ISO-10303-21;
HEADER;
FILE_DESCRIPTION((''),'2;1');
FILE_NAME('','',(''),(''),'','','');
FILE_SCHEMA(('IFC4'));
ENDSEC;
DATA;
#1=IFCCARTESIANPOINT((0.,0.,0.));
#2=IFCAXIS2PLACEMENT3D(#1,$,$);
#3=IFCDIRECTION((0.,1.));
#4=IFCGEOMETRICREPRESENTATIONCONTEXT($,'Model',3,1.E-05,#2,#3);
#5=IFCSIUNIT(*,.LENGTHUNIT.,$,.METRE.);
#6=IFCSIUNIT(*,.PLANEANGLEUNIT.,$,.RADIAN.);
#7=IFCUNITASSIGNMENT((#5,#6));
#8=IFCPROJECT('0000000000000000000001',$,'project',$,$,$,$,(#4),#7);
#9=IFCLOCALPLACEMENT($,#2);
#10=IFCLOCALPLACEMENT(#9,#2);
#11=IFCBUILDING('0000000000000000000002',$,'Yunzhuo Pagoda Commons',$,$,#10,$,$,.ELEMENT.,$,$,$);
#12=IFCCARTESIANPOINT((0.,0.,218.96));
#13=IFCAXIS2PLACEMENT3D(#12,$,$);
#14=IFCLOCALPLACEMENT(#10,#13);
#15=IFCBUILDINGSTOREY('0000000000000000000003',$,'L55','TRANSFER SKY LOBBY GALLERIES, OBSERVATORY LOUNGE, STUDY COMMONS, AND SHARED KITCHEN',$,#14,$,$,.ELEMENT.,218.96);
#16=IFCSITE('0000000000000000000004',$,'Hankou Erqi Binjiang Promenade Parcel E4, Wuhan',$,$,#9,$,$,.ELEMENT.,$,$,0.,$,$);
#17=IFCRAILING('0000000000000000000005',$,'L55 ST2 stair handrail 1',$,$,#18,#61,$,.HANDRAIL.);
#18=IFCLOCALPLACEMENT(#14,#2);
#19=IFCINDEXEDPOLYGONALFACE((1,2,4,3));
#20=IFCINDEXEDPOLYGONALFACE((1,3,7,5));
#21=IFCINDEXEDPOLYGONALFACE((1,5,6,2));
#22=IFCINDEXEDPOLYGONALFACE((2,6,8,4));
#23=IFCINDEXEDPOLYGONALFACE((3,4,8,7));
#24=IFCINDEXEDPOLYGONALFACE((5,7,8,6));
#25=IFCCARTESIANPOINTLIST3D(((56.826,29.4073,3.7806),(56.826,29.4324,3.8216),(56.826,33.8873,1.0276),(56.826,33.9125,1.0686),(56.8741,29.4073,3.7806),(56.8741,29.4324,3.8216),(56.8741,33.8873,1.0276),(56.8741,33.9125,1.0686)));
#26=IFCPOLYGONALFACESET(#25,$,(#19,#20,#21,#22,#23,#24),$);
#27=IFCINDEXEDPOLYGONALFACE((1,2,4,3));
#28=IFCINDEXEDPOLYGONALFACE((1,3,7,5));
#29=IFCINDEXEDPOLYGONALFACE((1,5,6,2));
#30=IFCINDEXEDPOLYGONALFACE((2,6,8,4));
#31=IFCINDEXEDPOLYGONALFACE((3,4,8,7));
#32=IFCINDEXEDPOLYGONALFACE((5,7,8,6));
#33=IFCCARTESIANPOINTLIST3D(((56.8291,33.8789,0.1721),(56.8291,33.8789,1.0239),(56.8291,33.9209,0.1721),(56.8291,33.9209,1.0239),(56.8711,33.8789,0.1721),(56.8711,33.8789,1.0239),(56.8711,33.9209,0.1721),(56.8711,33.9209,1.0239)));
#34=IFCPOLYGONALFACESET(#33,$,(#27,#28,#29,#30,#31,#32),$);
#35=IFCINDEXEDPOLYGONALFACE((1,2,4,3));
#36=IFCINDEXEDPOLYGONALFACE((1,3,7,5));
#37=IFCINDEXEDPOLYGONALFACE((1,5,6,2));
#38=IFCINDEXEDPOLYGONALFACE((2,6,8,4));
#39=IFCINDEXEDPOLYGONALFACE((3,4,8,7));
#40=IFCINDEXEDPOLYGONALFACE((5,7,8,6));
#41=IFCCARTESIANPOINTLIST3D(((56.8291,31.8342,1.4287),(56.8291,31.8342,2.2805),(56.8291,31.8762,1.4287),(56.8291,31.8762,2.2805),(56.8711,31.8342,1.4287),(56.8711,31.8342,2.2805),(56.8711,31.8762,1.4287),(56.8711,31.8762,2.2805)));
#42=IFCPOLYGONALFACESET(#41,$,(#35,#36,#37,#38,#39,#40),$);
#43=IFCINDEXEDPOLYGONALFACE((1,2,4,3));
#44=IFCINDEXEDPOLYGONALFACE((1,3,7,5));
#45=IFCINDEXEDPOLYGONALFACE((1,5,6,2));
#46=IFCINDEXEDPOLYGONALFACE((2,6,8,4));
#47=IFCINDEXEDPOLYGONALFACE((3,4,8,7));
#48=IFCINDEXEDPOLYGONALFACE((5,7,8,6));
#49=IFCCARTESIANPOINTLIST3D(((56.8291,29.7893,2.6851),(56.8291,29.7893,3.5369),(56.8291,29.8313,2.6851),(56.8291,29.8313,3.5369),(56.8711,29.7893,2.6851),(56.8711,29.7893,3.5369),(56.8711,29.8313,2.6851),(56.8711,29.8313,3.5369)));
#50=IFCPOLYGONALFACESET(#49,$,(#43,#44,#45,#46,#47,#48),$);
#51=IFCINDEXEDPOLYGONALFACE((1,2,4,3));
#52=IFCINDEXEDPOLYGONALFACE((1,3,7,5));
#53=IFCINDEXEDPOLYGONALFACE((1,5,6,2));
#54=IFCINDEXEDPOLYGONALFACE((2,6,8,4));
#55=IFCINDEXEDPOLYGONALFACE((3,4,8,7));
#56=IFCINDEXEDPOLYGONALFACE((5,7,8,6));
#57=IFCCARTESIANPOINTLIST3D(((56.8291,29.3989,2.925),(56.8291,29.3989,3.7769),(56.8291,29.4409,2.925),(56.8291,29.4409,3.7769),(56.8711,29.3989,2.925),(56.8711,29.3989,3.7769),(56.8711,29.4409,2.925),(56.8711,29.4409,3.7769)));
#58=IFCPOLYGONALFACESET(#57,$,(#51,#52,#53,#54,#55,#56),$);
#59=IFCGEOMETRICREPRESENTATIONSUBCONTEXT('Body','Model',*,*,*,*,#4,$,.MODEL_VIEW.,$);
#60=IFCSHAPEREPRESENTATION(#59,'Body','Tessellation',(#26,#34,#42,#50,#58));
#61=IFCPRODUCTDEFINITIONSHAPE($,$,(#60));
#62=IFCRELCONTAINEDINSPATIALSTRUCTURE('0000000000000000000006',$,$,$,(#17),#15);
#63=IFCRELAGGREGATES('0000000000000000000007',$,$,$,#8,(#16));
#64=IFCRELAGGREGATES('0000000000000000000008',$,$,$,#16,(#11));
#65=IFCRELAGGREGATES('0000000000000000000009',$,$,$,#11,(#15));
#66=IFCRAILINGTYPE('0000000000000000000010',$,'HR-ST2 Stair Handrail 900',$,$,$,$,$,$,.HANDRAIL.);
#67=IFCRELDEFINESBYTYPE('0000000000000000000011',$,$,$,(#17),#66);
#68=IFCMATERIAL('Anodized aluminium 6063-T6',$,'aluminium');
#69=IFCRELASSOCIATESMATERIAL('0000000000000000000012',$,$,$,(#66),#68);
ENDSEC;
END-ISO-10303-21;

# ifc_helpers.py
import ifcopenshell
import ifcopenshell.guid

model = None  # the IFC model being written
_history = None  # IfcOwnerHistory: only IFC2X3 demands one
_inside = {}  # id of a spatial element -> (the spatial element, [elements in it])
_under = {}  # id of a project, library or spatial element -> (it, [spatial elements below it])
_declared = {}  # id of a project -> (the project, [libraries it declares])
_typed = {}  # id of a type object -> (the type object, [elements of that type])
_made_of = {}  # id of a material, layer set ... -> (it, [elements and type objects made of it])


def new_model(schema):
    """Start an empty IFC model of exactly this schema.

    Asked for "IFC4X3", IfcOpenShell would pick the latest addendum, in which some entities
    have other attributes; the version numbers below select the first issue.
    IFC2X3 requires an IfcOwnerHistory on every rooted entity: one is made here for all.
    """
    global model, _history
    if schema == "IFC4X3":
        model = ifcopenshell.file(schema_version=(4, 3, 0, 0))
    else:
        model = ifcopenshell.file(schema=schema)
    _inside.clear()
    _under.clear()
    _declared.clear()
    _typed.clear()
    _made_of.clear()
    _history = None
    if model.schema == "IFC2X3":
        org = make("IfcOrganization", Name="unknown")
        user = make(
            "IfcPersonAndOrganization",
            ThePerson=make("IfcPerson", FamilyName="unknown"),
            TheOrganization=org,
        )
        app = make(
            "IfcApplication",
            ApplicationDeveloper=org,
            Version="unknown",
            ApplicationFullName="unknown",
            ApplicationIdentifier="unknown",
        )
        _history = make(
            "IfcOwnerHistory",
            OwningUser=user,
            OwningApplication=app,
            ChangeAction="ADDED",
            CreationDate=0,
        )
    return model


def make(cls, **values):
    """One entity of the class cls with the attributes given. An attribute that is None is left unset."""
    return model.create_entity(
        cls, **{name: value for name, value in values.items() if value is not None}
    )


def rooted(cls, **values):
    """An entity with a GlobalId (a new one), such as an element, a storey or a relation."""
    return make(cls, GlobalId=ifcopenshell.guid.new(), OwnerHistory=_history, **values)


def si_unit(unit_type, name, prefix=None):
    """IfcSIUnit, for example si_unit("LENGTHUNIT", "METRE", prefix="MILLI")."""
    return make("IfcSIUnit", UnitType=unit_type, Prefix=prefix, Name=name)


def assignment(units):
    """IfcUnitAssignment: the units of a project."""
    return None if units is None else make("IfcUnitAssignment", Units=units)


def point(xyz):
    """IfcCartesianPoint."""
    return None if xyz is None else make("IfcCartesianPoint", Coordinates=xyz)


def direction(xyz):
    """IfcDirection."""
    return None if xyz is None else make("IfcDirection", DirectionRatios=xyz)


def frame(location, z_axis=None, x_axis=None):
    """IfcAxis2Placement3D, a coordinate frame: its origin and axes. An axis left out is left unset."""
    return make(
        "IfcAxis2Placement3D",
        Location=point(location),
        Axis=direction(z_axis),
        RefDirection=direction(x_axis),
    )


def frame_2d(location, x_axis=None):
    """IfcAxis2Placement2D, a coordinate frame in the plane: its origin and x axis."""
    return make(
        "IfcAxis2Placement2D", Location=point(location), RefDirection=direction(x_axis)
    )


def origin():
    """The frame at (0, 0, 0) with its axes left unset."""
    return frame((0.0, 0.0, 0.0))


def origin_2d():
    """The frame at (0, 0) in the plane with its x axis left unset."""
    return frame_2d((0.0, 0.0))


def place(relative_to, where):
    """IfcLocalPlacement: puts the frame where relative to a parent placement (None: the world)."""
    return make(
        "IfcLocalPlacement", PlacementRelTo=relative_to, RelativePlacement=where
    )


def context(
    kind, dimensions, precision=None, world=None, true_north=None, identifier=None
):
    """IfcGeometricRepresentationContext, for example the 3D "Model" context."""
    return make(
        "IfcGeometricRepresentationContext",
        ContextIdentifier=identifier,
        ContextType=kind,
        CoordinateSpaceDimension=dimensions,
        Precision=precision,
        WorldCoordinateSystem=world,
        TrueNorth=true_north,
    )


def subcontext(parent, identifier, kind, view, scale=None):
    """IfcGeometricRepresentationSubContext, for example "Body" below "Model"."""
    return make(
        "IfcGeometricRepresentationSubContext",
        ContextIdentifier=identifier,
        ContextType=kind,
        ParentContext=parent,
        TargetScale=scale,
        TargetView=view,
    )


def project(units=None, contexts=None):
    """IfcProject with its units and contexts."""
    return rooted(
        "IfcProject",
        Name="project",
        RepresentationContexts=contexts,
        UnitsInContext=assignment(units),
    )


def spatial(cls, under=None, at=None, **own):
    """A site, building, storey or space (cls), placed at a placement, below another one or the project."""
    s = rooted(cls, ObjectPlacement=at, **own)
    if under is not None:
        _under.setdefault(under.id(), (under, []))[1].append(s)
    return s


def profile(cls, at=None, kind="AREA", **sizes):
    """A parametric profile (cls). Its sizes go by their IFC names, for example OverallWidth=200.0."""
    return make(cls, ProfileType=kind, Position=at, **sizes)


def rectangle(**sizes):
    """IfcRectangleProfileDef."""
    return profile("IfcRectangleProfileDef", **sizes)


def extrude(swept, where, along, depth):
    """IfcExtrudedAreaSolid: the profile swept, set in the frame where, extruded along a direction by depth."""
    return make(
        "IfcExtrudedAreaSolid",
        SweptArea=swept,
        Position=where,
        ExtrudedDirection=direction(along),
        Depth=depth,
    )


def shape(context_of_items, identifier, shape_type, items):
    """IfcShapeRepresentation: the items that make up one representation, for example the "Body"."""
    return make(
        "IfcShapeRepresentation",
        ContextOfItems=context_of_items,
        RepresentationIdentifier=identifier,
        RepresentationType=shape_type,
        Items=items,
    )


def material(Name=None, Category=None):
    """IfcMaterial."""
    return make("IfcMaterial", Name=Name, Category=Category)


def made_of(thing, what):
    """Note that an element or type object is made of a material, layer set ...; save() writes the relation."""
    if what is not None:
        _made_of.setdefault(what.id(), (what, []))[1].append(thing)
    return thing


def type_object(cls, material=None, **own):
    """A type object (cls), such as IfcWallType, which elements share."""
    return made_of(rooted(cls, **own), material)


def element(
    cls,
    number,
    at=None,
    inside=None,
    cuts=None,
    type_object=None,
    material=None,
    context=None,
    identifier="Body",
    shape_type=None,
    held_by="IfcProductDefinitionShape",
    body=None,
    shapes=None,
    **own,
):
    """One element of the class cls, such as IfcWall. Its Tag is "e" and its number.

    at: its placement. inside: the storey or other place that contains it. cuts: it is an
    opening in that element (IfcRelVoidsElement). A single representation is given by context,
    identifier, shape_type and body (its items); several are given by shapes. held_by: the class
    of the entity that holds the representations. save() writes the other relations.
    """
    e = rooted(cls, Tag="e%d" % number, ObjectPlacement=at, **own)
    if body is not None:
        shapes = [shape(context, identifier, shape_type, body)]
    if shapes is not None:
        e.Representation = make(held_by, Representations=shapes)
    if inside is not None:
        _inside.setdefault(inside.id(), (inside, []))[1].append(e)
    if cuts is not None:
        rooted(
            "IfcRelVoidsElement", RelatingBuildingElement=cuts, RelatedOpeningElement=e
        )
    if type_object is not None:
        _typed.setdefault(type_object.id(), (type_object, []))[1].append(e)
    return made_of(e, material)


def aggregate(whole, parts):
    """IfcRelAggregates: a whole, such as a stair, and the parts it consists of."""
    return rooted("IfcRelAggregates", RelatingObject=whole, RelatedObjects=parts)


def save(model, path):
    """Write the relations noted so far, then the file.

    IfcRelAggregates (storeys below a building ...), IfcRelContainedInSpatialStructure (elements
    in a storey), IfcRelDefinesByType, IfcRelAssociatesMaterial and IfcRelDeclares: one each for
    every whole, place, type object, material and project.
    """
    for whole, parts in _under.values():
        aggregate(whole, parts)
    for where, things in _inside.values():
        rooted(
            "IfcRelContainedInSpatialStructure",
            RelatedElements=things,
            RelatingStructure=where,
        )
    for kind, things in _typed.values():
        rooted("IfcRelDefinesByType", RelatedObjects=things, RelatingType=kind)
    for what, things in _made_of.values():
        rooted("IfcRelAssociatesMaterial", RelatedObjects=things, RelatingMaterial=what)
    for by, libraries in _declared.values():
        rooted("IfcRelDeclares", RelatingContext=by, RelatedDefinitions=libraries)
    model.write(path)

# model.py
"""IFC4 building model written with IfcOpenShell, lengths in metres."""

from ifc_helpers import new_model, si_unit, direction, frame, origin, origin_2d, place, context, subcontext, project, spatial, rectangle, extrude, material, type_object, element, save


model = new_model("IFC4")

# Units and contexts
model_context = context("Model", 3, precision=1e-05, world=origin(), true_north=direction((0.0, 1.0)))
body_context = subcontext(model_context, "Body", "Model", "MODEL_VIEW")
ifc_project = project(units=[si_unit("LENGTHUNIT", "METRE"), si_unit("PLANEANGLEUNIT", "RADIAN")], contexts=[model_context])

# Site, building, storey
site_placement = place(None, origin())
site = spatial("IfcSite", under=ifc_project, at=site_placement, Name="Hankou Erqi Binjiang Promenade Parcel E4, Wuhan", CompositionType="ELEMENT", RefElevation=0.0)
building_placement = place(site_placement, origin())
building = spatial("IfcBuilding", under=site, at=building_placement, Name="Yunzhuo Pagoda Commons", CompositionType="ELEMENT")
storey_placement = place(building_placement, frame((0.0, 0.0, 218.96)))
storey = spatial("IfcBuildingStorey", under=building, at=storey_placement, Name="L55", Description="TRANSFER SKY LOBBY GALLERIES, OBSERVATORY LOUNGE, STUDY COMMONS, AND SHARED KITCHEN", CompositionType="ELEMENT", Elevation=218.96)

# Railing
ifc_material_1 = material(Name="Anodized aluminium 6063-T6", Category="aluminium")
railing_type_1 = type_object("IfcRailingType", Name="HR-ST2 Stair Handrail 900", PredefinedType="HANDRAIL", material=ifc_material_1)
railing_1_placement = place(storey_placement, frame((56.8501, 33.8999, 0.1721)))
element("IfcRailing", 1, at=railing_1_placement, inside=storey, type_object=railing_type_1, Name="L55 ST2 stair handrail 1", PredefinedType="HANDRAIL", context=body_context, shape_type="SweptSolid", body=[
    extrude(rectangle(XDim=0.0481, YDim=0.0481, at=origin_2d()), frame((0.0, 0.0, 0.876), z_axis=(0.0, -0.851996, 0.523548), x_axis=(1.0, 0.0, 0.0)), (0.0, 0.0, 1.0), 5.2583),
    extrude(rectangle(XDim=0.042, YDim=0.042, at=origin_2d()), origin(), (0.0, 0.0, 1.0), 0.8518),
    extrude(rectangle(XDim=0.042, YDim=0.042, at=origin_2d()), frame((0.0, -2.0447, 1.2566)), (0.0, 0.0, 1.0), 0.8518),
    extrude(rectangle(XDim=0.042, YDim=0.042, at=origin_2d()), frame((0.0, -4.0896, 2.5129)), (0.0, 0.0, 1.0), 0.8518),
    extrude(rectangle(XDim=0.042, YDim=0.042, at=origin_2d()), frame((0.0, -4.48, 2.7529)), (0.0, 0.0, 1.0), 0.8518),
])

save(model, "model.ifc")
